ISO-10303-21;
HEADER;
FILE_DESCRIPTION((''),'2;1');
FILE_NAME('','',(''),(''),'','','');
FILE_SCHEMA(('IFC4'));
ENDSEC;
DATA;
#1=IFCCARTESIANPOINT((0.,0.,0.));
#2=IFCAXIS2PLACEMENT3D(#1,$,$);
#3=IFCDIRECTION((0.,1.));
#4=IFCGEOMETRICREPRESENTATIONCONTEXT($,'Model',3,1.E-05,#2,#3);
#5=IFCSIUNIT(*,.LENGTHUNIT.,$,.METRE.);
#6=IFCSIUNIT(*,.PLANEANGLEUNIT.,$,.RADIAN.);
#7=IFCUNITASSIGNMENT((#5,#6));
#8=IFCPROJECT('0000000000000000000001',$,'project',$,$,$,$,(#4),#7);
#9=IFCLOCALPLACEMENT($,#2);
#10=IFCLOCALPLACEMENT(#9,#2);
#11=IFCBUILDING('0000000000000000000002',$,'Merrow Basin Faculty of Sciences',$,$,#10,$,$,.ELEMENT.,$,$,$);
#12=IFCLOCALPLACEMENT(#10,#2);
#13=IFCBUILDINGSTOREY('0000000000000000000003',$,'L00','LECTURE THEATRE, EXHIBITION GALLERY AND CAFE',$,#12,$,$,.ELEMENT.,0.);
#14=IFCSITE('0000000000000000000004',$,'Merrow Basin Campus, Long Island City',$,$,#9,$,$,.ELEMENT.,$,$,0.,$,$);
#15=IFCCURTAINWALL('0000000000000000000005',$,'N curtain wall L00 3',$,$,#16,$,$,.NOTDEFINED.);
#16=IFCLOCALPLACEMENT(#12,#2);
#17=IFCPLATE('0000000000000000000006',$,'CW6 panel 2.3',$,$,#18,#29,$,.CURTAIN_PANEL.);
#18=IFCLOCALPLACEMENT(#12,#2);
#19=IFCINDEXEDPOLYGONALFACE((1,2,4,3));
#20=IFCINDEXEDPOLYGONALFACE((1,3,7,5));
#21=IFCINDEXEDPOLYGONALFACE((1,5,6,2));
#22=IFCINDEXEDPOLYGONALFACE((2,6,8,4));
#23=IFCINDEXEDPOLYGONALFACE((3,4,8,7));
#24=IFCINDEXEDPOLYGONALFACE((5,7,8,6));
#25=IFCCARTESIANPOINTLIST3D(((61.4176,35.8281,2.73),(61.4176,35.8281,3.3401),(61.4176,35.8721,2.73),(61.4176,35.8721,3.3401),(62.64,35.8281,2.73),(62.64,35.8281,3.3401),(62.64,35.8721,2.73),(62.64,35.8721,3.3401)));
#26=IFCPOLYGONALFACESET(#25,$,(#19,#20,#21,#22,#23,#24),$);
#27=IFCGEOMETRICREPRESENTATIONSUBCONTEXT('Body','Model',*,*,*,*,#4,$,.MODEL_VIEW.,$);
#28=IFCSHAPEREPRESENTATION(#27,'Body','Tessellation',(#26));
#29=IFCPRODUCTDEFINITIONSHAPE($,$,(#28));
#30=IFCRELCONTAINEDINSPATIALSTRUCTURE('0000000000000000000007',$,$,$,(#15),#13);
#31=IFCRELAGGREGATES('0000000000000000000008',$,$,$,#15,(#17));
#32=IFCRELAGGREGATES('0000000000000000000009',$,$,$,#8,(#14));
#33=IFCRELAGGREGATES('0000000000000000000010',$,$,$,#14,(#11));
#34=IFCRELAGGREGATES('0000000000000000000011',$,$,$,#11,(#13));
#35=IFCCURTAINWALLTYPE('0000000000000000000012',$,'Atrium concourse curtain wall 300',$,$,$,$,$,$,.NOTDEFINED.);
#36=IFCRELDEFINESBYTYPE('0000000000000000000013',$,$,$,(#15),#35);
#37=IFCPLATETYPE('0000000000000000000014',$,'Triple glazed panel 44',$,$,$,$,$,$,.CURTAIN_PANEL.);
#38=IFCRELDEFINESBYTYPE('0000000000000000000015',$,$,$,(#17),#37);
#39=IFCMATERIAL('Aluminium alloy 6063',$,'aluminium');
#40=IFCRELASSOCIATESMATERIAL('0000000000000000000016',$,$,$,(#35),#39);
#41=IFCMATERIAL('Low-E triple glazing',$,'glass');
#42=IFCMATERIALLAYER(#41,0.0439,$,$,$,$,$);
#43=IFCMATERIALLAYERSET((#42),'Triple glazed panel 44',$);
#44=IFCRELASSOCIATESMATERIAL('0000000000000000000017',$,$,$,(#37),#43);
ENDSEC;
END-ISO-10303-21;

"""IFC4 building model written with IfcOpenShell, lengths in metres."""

from ifc_helpers import new_model, si_unit, direction, frame, origin, origin_2d, place, context, subcontext, project, spatial, rectangle, extrude, material, layer, layer_set, type_object, element, aggregate, save


model = new_model("IFC4")

# Units and contexts
model_context = context("Model", 3, precision=1e-05, world=origin(), true_north=direction((0.0, 1.0)))
body_context = subcontext(model_context, "Body", "Model", "MODEL_VIEW")
ifc_project = project(units=[si_unit("LENGTHUNIT", "METRE"), si_unit("PLANEANGLEUNIT", "RADIAN")], contexts=[model_context])

# Site, building, storey
site_placement = place(None, origin())
site = spatial("IfcSite", under=ifc_project, at=site_placement, Name="Merrow Basin Campus, Long Island City", CompositionType="ELEMENT", RefElevation=0.0)
building_placement = place(site_placement, origin())
building = spatial("IfcBuilding", under=site, at=building_placement, Name="Merrow Basin Faculty of Sciences", CompositionType="ELEMENT")
storey_placement = place(building_placement, origin())
storey = spatial("IfcBuildingStorey", under=building, at=storey_placement, Name="L00", Description="LECTURE THEATRE, EXHIBITION GALLERY AND CAFE", CompositionType="ELEMENT", Elevation=0.0)

# Curtain wall
ifc_material_1 = material(Name="Aluminium alloy 6063", Category="aluminium")
curtain_wall_type = type_object("IfcCurtainWallType", Name="Atrium concourse curtain wall 300", PredefinedType="NOTDEFINED", material=ifc_material_1)
curtain_wall_1_placement = place(storey_placement, origin())
curtain_wall_1 = element("IfcCurtainWall", 1, at=curtain_wall_1_placement, inside=storey, type_object=curtain_wall_type, Name="N curtain wall L00 3", PredefinedType="NOTDEFINED")

# Plate
ifc_material_2 = material(Name="Low-E triple glazing", Category="glass")
ifc_layer_1 = layer(ifc_material_2, 0.0439)
ifc_layer_set_1 = layer_set([ifc_layer_1], Name="Triple glazed panel 44")
plate_type_1 = type_object("IfcPlateType", Name="Triple glazed panel 44", PredefinedType="CURTAIN_PANEL", material=ifc_layer_set_1)
plate_1_placement = place(storey_placement, frame((62.0288, 35.8501, 2.73), z_axis=(0.0, 0.0, 1.0), x_axis=(1.0, 0.0, 0.0)))
plate_1 = element("IfcPlate", 2, at=plate_1_placement, type_object=plate_type_1, Name="CW6 panel 2.3", PredefinedType="CURTAIN_PANEL", context=body_context, shape_type="SweptSolid", body=[
    extrude(rectangle(XDim=1.2224, YDim=0.0439, at=origin_2d()), origin(), (0.0, 0.0, 1.0), 0.6101),
])
aggregate(curtain_wall_1, [plate_1])

save(model, "model.ifc")
